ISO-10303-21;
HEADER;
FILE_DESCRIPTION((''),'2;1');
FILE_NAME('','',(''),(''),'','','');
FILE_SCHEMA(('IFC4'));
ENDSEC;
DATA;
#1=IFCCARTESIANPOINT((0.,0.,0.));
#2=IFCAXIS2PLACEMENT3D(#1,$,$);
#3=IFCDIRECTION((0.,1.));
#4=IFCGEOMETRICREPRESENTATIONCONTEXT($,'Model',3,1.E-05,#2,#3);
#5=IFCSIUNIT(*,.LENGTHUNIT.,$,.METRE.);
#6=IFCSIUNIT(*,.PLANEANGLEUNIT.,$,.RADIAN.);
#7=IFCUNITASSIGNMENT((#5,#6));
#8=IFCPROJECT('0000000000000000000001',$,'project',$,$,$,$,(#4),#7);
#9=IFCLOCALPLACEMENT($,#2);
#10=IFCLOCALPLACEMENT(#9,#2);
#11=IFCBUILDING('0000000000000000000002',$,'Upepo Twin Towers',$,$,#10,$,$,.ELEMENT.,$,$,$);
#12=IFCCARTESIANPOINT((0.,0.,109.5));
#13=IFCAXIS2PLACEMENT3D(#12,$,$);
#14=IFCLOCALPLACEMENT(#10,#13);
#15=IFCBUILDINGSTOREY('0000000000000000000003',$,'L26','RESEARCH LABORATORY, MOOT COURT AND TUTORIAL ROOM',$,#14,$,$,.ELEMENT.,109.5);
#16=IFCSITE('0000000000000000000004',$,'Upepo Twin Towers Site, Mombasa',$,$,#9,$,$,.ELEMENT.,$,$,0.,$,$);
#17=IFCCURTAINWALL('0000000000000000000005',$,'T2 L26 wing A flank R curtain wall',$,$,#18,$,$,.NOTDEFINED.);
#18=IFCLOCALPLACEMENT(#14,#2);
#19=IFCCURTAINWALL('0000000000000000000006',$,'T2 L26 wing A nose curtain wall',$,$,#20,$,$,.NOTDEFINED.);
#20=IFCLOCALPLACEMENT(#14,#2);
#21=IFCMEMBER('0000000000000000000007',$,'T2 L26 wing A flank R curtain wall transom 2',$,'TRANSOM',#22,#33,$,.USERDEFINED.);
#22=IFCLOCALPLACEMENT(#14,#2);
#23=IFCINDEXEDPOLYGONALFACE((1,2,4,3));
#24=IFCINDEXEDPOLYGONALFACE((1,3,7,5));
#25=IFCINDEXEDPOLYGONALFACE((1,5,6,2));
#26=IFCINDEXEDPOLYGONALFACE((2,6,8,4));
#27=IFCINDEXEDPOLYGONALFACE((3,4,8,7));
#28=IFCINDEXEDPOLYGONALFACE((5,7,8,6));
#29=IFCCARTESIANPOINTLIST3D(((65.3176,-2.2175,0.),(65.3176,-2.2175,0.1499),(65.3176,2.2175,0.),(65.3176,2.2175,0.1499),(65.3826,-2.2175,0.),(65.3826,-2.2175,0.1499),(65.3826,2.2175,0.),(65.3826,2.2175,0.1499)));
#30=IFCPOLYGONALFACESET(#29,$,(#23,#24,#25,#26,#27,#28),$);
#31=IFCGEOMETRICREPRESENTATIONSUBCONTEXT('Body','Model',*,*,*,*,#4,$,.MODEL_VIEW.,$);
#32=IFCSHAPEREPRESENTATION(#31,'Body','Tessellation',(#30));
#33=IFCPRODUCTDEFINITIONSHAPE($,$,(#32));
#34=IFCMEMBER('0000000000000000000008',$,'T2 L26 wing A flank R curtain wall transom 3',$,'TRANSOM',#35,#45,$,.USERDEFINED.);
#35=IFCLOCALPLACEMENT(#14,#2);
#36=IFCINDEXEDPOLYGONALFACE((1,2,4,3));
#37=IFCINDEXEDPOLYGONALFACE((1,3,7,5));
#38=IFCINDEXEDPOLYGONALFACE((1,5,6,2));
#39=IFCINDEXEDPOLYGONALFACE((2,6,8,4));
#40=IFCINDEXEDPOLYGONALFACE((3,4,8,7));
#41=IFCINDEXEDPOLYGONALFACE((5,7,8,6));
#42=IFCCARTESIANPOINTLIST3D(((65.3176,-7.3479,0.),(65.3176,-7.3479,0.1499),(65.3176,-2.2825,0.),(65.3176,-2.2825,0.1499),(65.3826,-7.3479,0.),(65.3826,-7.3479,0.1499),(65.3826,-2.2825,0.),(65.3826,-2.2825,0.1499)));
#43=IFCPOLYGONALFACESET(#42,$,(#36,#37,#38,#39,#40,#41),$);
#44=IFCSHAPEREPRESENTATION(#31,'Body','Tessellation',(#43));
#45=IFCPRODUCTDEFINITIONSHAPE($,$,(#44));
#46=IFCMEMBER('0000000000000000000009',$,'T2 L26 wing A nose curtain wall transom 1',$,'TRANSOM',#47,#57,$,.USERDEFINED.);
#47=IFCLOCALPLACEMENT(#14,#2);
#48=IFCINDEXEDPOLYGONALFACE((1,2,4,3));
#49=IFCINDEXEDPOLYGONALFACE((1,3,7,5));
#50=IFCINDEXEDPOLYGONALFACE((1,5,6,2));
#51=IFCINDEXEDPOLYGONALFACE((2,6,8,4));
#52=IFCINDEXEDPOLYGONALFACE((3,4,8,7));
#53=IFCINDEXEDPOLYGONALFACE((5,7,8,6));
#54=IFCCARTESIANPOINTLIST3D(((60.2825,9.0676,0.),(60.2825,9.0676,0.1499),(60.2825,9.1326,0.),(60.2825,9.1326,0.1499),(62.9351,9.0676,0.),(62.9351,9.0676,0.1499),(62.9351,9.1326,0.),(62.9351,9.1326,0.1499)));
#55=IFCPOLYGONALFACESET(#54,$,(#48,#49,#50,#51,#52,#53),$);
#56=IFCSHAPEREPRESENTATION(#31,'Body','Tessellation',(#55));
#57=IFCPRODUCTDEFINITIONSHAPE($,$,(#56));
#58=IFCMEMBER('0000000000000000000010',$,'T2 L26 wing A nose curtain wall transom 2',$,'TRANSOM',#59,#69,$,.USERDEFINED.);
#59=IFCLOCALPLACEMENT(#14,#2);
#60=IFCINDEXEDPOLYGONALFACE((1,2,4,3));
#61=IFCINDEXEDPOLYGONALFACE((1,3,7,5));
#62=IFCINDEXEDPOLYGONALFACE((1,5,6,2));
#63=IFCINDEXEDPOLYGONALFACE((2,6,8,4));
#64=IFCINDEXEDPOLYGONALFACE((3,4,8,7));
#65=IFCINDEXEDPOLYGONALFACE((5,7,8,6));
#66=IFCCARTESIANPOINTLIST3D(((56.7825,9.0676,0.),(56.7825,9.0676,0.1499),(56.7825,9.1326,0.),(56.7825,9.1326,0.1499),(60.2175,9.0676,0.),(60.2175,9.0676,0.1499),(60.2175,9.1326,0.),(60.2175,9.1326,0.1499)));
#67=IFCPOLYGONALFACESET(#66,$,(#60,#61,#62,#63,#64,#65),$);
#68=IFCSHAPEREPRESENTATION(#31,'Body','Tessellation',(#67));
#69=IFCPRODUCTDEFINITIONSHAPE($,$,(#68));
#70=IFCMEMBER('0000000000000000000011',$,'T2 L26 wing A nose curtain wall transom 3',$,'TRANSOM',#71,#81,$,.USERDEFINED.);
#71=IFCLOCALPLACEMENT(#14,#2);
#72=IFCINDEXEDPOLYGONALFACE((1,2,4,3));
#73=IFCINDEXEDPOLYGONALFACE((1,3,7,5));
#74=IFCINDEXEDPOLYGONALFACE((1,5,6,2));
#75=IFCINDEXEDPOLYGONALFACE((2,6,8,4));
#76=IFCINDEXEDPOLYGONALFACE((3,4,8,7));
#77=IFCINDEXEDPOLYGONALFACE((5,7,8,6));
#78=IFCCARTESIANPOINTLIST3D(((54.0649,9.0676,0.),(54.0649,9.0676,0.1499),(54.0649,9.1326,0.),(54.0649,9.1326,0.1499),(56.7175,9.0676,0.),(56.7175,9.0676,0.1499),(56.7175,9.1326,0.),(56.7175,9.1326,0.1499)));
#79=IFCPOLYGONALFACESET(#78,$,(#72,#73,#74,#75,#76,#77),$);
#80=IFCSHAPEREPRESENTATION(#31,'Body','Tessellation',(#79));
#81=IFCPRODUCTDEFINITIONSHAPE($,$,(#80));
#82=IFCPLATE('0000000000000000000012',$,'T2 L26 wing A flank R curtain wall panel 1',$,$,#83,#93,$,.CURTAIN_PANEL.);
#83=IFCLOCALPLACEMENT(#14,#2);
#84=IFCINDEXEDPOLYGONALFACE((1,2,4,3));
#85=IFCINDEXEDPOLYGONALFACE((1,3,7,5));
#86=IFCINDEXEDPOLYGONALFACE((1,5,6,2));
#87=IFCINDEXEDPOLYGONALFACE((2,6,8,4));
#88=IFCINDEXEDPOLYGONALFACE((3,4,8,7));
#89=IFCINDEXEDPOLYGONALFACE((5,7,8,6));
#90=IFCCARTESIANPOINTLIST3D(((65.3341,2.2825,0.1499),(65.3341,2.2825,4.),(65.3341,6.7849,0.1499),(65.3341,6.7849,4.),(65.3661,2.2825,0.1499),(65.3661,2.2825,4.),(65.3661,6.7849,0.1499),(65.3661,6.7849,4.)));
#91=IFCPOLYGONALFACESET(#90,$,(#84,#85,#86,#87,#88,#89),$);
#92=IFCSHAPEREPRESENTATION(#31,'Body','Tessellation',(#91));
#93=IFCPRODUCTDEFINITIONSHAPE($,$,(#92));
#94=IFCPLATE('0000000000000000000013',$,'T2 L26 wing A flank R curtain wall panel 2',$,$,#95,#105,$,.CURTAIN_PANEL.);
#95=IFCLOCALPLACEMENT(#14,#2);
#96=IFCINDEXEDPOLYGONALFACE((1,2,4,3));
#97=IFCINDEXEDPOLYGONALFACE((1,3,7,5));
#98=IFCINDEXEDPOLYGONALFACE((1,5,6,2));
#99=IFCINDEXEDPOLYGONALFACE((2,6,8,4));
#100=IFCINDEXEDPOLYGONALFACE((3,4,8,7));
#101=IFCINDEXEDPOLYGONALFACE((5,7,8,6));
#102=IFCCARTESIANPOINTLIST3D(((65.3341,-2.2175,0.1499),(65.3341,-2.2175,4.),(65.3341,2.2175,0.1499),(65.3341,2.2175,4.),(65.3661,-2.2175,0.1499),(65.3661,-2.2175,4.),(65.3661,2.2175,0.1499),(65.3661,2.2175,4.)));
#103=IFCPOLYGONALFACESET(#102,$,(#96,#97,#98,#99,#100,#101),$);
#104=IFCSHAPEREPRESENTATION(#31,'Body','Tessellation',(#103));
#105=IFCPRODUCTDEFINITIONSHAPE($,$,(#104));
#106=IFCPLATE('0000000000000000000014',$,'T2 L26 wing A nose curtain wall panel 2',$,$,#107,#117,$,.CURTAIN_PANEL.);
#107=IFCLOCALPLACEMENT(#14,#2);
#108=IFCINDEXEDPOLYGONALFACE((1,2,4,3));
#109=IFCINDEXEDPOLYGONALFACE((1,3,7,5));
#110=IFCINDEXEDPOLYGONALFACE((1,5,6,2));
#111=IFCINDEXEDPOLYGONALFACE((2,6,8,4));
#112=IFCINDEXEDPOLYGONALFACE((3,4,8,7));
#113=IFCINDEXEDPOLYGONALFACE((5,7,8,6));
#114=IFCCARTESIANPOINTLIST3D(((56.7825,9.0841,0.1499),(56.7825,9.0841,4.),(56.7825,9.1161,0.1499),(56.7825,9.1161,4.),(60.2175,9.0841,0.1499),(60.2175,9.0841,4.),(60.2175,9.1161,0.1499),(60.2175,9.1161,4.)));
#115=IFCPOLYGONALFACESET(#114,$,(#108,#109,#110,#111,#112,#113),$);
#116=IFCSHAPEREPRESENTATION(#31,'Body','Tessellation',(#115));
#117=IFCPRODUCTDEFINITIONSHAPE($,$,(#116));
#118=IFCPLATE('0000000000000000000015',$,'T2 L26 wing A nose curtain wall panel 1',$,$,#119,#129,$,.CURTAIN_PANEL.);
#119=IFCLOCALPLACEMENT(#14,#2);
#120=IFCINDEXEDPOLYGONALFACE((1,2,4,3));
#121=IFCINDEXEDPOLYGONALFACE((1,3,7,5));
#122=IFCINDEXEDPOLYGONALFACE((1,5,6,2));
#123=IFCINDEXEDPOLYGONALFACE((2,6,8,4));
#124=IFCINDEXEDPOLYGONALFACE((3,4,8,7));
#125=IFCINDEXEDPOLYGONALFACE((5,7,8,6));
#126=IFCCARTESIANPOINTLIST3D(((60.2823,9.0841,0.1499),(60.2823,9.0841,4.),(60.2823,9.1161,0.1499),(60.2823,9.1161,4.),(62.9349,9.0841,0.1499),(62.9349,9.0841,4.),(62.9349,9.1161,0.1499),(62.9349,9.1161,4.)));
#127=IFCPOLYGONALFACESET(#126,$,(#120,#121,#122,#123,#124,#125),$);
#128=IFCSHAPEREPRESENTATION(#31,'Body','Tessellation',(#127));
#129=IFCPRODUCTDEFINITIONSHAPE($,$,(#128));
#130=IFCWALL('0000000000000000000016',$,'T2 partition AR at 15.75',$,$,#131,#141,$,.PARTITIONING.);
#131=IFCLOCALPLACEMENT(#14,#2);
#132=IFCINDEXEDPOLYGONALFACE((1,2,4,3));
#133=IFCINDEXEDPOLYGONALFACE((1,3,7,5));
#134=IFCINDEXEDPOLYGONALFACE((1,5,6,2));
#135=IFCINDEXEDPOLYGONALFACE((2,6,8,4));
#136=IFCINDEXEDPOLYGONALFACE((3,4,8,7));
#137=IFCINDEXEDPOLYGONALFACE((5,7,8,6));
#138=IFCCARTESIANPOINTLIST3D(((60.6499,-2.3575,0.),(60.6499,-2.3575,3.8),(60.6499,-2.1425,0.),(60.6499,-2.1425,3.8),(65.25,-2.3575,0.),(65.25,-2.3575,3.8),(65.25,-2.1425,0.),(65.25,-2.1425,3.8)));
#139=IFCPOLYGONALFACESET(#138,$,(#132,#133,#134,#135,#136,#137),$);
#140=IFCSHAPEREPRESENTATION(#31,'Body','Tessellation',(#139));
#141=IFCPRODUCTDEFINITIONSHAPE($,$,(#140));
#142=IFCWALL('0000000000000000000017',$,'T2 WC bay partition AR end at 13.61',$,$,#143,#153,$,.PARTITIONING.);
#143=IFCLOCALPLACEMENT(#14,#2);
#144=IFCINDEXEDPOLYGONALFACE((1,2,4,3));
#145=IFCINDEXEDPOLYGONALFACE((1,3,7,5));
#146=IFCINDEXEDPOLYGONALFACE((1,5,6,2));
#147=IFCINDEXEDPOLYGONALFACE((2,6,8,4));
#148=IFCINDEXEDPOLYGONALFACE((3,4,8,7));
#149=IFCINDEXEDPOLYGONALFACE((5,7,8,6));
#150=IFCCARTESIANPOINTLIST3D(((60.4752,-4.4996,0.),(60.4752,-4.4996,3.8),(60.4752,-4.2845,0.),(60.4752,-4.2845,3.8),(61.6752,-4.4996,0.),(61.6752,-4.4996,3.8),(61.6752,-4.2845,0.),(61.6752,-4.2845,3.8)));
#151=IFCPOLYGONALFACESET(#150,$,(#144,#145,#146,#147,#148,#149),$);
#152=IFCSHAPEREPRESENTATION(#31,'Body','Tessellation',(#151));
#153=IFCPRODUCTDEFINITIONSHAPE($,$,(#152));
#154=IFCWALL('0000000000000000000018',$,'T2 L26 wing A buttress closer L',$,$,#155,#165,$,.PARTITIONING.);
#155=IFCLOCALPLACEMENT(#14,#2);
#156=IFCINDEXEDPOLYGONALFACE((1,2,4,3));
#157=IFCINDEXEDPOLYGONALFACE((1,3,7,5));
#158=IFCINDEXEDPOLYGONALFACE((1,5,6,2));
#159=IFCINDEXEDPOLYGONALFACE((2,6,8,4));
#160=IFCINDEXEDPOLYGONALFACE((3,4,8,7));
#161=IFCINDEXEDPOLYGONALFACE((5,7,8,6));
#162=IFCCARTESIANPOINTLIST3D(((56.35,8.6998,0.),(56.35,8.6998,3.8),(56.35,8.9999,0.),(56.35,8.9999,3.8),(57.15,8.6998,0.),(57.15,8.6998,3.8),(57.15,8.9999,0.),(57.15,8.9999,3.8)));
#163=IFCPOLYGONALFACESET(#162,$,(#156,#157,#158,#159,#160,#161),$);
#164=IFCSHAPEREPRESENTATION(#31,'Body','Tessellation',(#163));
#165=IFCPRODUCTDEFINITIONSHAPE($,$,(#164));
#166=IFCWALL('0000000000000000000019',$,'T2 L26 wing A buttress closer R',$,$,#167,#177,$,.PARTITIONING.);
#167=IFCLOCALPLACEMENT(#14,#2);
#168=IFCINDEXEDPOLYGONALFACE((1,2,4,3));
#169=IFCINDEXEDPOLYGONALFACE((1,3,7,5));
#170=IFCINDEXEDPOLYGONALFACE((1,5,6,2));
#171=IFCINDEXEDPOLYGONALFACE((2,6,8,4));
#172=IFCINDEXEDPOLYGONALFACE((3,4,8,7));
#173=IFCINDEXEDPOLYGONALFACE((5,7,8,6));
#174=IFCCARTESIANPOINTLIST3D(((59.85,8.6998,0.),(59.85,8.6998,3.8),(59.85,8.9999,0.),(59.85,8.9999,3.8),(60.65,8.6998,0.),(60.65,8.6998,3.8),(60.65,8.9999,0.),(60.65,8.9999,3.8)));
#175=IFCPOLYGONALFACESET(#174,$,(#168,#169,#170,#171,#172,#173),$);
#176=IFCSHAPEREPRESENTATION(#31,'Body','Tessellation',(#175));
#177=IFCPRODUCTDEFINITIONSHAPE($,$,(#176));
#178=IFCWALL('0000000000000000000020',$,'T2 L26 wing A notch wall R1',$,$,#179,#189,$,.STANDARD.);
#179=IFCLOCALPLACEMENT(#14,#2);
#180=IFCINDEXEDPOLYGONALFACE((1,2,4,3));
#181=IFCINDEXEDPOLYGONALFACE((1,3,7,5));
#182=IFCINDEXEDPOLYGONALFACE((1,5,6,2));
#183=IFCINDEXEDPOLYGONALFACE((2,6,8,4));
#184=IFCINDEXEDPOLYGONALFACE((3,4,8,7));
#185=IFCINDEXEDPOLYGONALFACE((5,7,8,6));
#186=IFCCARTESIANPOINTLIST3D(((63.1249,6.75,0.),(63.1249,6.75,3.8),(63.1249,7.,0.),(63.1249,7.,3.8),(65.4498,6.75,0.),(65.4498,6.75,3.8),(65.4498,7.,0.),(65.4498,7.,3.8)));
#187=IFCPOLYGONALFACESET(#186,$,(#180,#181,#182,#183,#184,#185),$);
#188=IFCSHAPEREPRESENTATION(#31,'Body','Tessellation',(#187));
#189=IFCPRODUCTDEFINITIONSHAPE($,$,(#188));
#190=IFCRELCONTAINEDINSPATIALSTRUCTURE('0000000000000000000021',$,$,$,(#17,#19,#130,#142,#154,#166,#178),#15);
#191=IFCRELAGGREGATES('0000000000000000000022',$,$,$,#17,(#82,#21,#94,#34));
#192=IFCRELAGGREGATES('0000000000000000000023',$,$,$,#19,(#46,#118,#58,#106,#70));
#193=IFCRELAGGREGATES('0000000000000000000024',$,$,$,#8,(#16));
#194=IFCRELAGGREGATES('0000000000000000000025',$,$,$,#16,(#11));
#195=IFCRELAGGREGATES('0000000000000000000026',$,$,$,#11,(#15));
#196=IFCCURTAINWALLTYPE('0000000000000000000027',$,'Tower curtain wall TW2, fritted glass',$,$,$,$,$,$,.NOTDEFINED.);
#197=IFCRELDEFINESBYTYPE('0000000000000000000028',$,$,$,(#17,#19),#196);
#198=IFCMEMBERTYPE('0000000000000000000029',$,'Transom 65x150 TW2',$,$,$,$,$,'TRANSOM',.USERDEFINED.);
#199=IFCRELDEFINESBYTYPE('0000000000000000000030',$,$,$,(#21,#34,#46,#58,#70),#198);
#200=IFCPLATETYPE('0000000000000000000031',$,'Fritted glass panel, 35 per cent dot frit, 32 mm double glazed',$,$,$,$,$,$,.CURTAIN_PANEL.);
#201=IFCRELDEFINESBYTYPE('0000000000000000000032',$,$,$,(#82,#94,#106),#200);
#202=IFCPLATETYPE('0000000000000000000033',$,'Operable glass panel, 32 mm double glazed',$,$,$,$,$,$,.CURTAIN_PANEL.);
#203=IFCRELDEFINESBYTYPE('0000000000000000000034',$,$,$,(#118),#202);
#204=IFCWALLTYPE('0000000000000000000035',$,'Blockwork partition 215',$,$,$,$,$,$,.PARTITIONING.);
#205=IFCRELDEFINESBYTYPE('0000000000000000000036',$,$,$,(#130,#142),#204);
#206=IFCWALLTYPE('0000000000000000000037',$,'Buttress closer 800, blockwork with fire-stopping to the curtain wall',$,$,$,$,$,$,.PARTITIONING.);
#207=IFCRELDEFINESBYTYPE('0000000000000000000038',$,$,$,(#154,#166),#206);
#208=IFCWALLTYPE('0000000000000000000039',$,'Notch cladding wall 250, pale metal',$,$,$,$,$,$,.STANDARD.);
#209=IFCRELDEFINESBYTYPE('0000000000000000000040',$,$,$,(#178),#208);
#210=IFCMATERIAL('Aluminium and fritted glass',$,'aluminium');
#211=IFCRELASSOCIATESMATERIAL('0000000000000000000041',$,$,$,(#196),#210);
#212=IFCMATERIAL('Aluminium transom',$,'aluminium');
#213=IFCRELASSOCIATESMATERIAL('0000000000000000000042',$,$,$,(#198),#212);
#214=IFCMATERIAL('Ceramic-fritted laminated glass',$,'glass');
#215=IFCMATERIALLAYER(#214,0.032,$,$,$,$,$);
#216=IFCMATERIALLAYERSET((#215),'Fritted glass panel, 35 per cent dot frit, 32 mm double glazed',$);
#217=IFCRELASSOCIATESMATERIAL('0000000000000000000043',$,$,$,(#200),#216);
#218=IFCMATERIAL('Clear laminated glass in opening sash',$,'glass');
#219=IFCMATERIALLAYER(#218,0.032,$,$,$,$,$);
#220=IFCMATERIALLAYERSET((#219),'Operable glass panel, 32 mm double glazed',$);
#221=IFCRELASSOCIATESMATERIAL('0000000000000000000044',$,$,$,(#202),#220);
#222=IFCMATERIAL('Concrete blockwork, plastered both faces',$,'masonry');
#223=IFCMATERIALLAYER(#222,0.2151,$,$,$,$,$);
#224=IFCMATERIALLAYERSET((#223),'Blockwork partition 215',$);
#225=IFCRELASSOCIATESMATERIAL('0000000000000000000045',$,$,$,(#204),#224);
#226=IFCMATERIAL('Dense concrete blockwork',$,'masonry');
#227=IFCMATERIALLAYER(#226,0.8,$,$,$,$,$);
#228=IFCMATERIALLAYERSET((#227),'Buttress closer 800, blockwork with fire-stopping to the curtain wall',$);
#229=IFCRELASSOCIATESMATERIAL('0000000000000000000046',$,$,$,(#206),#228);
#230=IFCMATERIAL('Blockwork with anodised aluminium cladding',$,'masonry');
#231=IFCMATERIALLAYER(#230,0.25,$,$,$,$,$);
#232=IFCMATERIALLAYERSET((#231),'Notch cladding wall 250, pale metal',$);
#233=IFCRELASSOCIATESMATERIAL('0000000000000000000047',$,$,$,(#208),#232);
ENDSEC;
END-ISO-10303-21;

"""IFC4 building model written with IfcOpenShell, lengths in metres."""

from ifc_helpers import new_model, si_unit, direction, frame, frame_2d, origin, origin_2d, place, context, subcontext, project, spatial, rectangle, extrude, material, layer, layer_set, material_profile, profile_set, type_object, element, aggregate, save


model = new_model("IFC4")

# Units and contexts
model_context = context("Model", 3, precision=1e-05, world=origin(), true_north=direction((0.0, 1.0)))
body_context = subcontext(model_context, "Body", "Model", "MODEL_VIEW")
ifc_project = project(units=[si_unit("LENGTHUNIT", "METRE"), si_unit("PLANEANGLEUNIT", "RADIAN")], contexts=[model_context])

# Site, building, storey
site_placement = place(None, origin())
site = spatial("IfcSite", under=ifc_project, at=site_placement, Name="Upepo Twin Towers Site, Mombasa", CompositionType="ELEMENT", RefElevation=0.0)
building_placement = place(site_placement, origin())
building = spatial("IfcBuilding", under=site, at=building_placement, Name="Upepo Twin Towers", CompositionType="ELEMENT")
storey_placement = place(building_placement, frame((0.0, 0.0, 109.5)))
storey = spatial("IfcBuildingStorey", under=building, at=storey_placement, Name="L26", Description="RESEARCH LABORATORY, MOOT COURT AND TUTORIAL ROOM", CompositionType="ELEMENT", Elevation=109.5)

# Curtain walls
ifc_material_1 = material(Name="Aluminium and fritted glass", Category="aluminium")
curtain_wall_type = type_object("IfcCurtainWallType", Name="Tower curtain wall TW2, fritted glass", PredefinedType="NOTDEFINED", material=ifc_material_1)
curtain_wall_1_placement = place(storey_placement, origin())
curtain_wall_1 = element("IfcCurtainWall", 1, at=curtain_wall_1_placement, inside=storey, type_object=curtain_wall_type, Name="T2 L26 wing A flank R curtain wall", PredefinedType="NOTDEFINED")
curtain_wall_2_placement = place(storey_placement, origin())
curtain_wall_2 = element("IfcCurtainWall", 2, at=curtain_wall_2_placement, inside=storey, type_object=curtain_wall_type, Name="T2 L26 wing A nose curtain wall", PredefinedType="NOTDEFINED")

# Members
ifc_material_2 = material(Name="Aluminium transom", Category="aluminium")
ifc_material_profile_1 = material_profile(ifc_material_2, rectangle(XDim=0.0649, YDim=0.1499, at=origin_2d()), Name="TRANSOM 65x150")
ifc_profile_set_1 = profile_set([ifc_material_profile_1], Name="Aluminium transom")
member_type_1 = type_object("IfcMemberType", Name="Transom 65x150 TW2", ElementType="TRANSOM", PredefinedType="USERDEFINED", material=ifc_profile_set_1)
member_1_placement = place(storey_placement, frame((65.3501, 2.2175, 0.075), z_axis=(0.0, -1.0, 0.0), x_axis=(1.0, 0.0, 0.0)))
member_1 = element("IfcMember", 3, at=member_1_placement, type_object=member_type_1, Name="T2 L26 wing A flank R curtain wall transom 2", ObjectType="TRANSOM", PredefinedType="USERDEFINED", context=body_context, shape_type="SweptSolid", body=[
    extrude(rectangle(XDim=0.0649, YDim=0.1499, at=origin_2d()), origin(), (0.0, 0.0, 1.0), 4.4351),
])
member_2_placement = place(storey_placement, frame((65.3501, -2.2825, 0.075), z_axis=(0.0, -1.0, 0.0), x_axis=(1.0, 0.0, 0.0)))
member_2 = element("IfcMember", 4, at=member_2_placement, type_object=member_type_1, Name="T2 L26 wing A flank R curtain wall transom 3", ObjectType="TRANSOM", PredefinedType="USERDEFINED", context=body_context, shape_type="SweptSolid", body=[
    extrude(rectangle(XDim=0.0649, YDim=0.1499, at=origin_2d()), origin(), (0.0, 0.0, 1.0), 5.0654),
])
member_3_placement = place(storey_placement, frame((62.9351, 9.1001, 0.075), z_axis=(-1.0, 0.0, 0.0), x_axis=(0.0, -1.0, 0.0)))
member_3 = element("IfcMember", 5, at=member_3_placement, type_object=member_type_1, Name="T2 L26 wing A nose curtain wall transom 1", ObjectType="TRANSOM", PredefinedType="USERDEFINED", context=body_context, shape_type="SweptSolid", body=[
    extrude(rectangle(XDim=0.0649, YDim=0.1499, at=origin_2d()), origin(), (0.0, 0.0, 1.0), 2.6526),
])
member_4_placement = place(storey_placement, frame((60.2175, 9.1001, 0.075), z_axis=(-1.0, 0.0, 0.0), x_axis=(0.0, -1.0, 0.0)))
member_4 = element("IfcMember", 6, at=member_4_placement, type_object=member_type_1, Name="T2 L26 wing A nose curtain wall transom 2", ObjectType="TRANSOM", PredefinedType="USERDEFINED", context=body_context, shape_type="SweptSolid", body=[
    extrude(rectangle(XDim=0.0649, YDim=0.1499, at=origin_2d()), origin(), (0.0, 0.0, 1.0), 3.4351),
])
member_5_placement = place(storey_placement, frame((56.7175, 9.1001, 0.075), z_axis=(-1.0, 0.0, 0.0), x_axis=(0.0, -1.0, 0.0)))
member_5 = element("IfcMember", 7, at=member_5_placement, type_object=member_type_1, Name="T2 L26 wing A nose curtain wall transom 3", ObjectType="TRANSOM", PredefinedType="USERDEFINED", context=body_context, shape_type="SweptSolid", body=[
    extrude(rectangle(XDim=0.0649, YDim=0.1499, at=origin_2d()), origin(), (0.0, 0.0, 1.0), 2.6526),
])

# Plates
ifc_material_3 = material(Name="Ceramic-fritted laminated glass", Category="glass")
ifc_layer_1 = layer(ifc_material_3, 0.032)
ifc_layer_set_1 = layer_set([ifc_layer_1], Name="Fritted glass panel, 35 per cent dot frit, 32 mm double glazed")
plate_type_1 = type_object("IfcPlateType", Name="Fritted glass panel, 35 per cent dot frit, 32 mm double glazed", PredefinedType="CURTAIN_PANEL", material=ifc_layer_set_1)
plate_1_placement = place(storey_placement, frame((65.3501, 4.5337, 0.1499), z_axis=(0.0, 0.0, 1.0), x_axis=(0.0, -1.0, 0.0)))
plate_1 = element("IfcPlate", 8, at=plate_1_placement, type_object=plate_type_1, Name="T2 L26 wing A flank R curtain wall panel 1", PredefinedType="CURTAIN_PANEL", context=body_context, shape_type="SweptSolid", body=[
    extrude(rectangle(XDim=4.5024, YDim=0.032, at=origin_2d()), origin(), (0.0, 0.0, 1.0), 3.8501),
])
plate_2_placement = place(storey_placement, frame((65.3501, 0.0, 0.1499), z_axis=(0.0, 0.0, 1.0), x_axis=(0.0, -1.0, 0.0)))
plate_2 = element("IfcPlate", 9, at=plate_2_placement, type_object=plate_type_1, Name="T2 L26 wing A flank R curtain wall panel 2", PredefinedType="CURTAIN_PANEL", context=body_context, shape_type="SweptSolid", body=[
    extrude(rectangle(XDim=4.4351, YDim=0.032, at=origin_2d()), origin(), (0.0, 0.0, 1.0), 3.8501),
])
aggregate(curtain_wall_1, [plate_1, member_1, plate_2, member_2])
plate_3_placement = place(storey_placement, frame((58.5, 9.1001, 0.1499), z_axis=(0.0, 0.0, 1.0), x_axis=(-1.0, 0.0, 0.0)))
plate_3 = element("IfcPlate", 10, at=plate_3_placement, type_object=plate_type_1, Name="T2 L26 wing A nose curtain wall panel 2", PredefinedType="CURTAIN_PANEL", context=body_context, shape_type="SweptSolid", body=[
    extrude(rectangle(XDim=3.4351, YDim=0.032, at=origin_2d()), origin(), (0.0, 0.0, 1.0), 3.8501),
])
ifc_material_4 = material(Name="Clear laminated glass in opening sash", Category="glass")
ifc_layer_2 = layer(ifc_material_4, 0.032)
ifc_layer_set_2 = layer_set([ifc_layer_2], Name="Operable glass panel, 32 mm double glazed")
plate_type_2 = type_object("IfcPlateType", Name="Operable glass panel, 32 mm double glazed", PredefinedType="CURTAIN_PANEL", material=ifc_layer_set_2)
plate_4_placement = place(storey_placement, frame((61.6086, 9.1001, 0.1499), z_axis=(0.0, 0.0, 1.0), x_axis=(-1.0, 0.0, 0.0)))
plate_4 = element("IfcPlate", 11, at=plate_4_placement, type_object=plate_type_2, Name="T2 L26 wing A nose curtain wall panel 1", PredefinedType="CURTAIN_PANEL", context=body_context, shape_type="SweptSolid", body=[
    extrude(rectangle(XDim=2.6526, YDim=0.032, at=origin_2d()), origin(), (0.0, 0.0, 1.0), 3.8501),
])
aggregate(curtain_wall_2, [member_3, plate_4, member_4, plate_3, member_5])

# Walls
ifc_material_5 = material(Name="Concrete blockwork, plastered both faces", Category="masonry")
ifc_layer_3 = layer(ifc_material_5, 0.2151)
ifc_layer_set_3 = layer_set([ifc_layer_3], Name="Blockwork partition 215")
wall_type_1 = type_object("IfcWallType", Name="Blockwork partition 215", PredefinedType="PARTITIONING", material=ifc_layer_set_3)
wall_1_placement = place(storey_placement, frame((60.6499, -2.25, 0.0), z_axis=(0.0, 0.0, 1.0), x_axis=(1.0, 0.0, 0.0)))
element("IfcWall", 12, at=wall_1_placement, inside=storey, type_object=wall_type_1, Name="T2 partition AR at 15.75", PredefinedType="PARTITIONING", context=body_context, shape_type="SweptSolid", body=[
    extrude(rectangle(XDim=4.6001, YDim=0.2151, at=frame_2d((2.3, 0.0))), origin(), (0.0, 0.0, 1.0), 3.8),
])
wall_2_placement = place(storey_placement, frame((60.4751, -4.3921, 0.0), z_axis=(0.0, 0.0, 1.0), x_axis=(1.0, 0.0, 0.0)))
element("IfcWall", 13, at=wall_2_placement, inside=storey, type_object=wall_type_1, Name="T2 WC bay partition AR end at 13.61", PredefinedType="PARTITIONING", context=body_context, shape_type="SweptSolid", body=[
    extrude(rectangle(XDim=1.2, YDim=0.2151, at=frame_2d((0.6001, 0.0))), origin(), (0.0, 0.0, 1.0), 3.8),
])
ifc_material_6 = material(Name="Dense concrete blockwork", Category="masonry")
ifc_layer_4 = layer(ifc_material_6, 0.8)
ifc_layer_set_4 = layer_set([ifc_layer_4], Name="Buttress closer 800, blockwork with fire-stopping to the curtain wall")
wall_type_2 = type_object("IfcWallType", Name="Buttress closer 800, blockwork with fire-stopping to the curtain wall", PredefinedType="PARTITIONING", material=ifc_layer_set_4)
for number, where, z_axis, x_axis, name in (
    (14, (56.75, 8.7, 0.0), (0.0, 0.0, 1.0), (0.0, 1.0, 0.0), "T2 L26 wing A buttress closer L"),
    (15, (60.25, 8.7, 0.0), (0.0, 0.0, 1.0), (0.0, 1.0, 0.0), "T2 L26 wing A buttress closer R"),
):
    element("IfcWall", number, at=place(storey_placement, frame(where, z_axis=z_axis, x_axis=x_axis)), inside=storey, type_object=wall_type_2, Name=name, PredefinedType="PARTITIONING", context=body_context, shape_type="SweptSolid", body=[
        extrude(rectangle(XDim=0.3, YDim=0.8, at=frame_2d((0.1499, 0.0))), origin(), (0.0, 0.0, 1.0), 3.8),
    ])
ifc_material_7 = material(Name="Blockwork with anodised aluminium cladding", Category="masonry")
ifc_layer_5 = layer(ifc_material_7, 0.25)
ifc_layer_set_5 = layer_set([ifc_layer_5], Name="Notch cladding wall 250, pale metal")
wall_type_3 = type_object("IfcWallType", Name="Notch cladding wall 250, pale metal", PredefinedType="STANDARD", material=ifc_layer_set_5)
for number, where, z_axis, x_axis, name in (
    (16, (65.45, 6.875, 0.0), (0.0, 0.0, 1.0), (-1.0, 0.0, 0.0), "T2 L26 wing A notch wall R1"),
):
    element("IfcWall", number, at=place(storey_placement, frame(where, z_axis=z_axis, x_axis=x_axis)), inside=storey, type_object=wall_type_3, Name=name, PredefinedType="STANDARD", context=body_context, shape_type="SweptSolid", body=[
        extrude(rectangle(XDim=2.325, YDim=0.25, at=frame_2d((1.1626, 0.0))), origin(), (0.0, 0.0, 1.0), 3.8),
    ])

save(model, "model.ifc")
